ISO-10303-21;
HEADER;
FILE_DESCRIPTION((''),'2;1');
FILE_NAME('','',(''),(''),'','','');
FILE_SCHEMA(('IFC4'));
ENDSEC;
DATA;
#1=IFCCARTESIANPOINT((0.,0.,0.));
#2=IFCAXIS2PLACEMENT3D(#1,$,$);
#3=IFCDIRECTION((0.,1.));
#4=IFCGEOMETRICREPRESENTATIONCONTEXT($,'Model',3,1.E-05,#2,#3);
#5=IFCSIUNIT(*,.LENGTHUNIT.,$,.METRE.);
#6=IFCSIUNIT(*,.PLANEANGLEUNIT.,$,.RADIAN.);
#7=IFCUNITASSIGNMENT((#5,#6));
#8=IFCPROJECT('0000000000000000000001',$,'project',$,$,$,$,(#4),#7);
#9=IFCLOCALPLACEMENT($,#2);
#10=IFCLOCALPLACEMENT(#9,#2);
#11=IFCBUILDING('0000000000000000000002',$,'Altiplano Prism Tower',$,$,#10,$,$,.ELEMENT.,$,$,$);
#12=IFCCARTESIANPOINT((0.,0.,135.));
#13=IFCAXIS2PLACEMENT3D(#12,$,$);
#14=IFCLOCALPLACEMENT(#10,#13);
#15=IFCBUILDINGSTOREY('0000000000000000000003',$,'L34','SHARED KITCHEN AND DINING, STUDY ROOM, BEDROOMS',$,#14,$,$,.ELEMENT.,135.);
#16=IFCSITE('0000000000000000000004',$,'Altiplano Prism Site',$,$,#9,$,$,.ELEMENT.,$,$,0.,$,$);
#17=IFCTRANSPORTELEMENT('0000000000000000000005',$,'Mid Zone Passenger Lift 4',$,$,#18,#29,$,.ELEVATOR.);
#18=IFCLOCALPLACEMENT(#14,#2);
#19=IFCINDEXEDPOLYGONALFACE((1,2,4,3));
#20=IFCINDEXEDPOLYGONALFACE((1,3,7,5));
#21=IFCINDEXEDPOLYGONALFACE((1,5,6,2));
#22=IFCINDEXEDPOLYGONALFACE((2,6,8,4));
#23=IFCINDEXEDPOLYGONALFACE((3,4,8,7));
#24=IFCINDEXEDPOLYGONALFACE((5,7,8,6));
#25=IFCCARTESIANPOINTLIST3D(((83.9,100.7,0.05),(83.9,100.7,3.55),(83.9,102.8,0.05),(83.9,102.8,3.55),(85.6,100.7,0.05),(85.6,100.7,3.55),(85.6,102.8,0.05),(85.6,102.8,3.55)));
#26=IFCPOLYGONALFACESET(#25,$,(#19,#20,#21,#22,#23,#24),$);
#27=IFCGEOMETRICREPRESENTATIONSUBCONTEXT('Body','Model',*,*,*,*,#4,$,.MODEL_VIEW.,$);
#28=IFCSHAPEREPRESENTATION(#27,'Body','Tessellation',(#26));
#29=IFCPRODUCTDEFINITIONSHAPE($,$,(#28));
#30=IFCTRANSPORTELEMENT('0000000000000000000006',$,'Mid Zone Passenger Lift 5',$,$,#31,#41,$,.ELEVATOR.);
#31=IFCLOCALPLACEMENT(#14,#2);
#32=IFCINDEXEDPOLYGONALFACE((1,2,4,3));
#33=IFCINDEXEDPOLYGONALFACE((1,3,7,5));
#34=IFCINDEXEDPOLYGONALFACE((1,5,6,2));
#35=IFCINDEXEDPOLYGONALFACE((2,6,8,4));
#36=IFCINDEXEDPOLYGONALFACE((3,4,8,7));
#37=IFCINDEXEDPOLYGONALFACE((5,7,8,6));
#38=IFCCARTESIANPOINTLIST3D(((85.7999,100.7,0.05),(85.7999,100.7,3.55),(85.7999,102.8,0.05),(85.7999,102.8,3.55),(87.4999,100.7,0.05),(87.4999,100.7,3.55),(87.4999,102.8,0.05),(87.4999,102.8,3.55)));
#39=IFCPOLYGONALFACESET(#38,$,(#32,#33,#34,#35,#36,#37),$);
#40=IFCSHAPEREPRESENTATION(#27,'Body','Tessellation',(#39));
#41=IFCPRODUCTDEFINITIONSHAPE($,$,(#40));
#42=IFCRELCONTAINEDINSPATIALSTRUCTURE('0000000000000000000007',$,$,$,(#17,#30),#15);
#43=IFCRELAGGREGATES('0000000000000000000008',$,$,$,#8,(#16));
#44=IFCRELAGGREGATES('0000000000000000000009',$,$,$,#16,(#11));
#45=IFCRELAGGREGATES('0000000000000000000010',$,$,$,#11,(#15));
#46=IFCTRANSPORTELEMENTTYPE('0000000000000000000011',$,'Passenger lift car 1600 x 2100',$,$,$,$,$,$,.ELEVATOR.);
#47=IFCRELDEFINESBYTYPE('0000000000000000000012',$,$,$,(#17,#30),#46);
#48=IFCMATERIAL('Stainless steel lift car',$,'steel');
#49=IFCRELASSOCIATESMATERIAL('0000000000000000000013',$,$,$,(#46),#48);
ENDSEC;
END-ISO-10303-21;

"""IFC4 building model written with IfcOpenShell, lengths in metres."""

from ifc_helpers import new_model, si_unit, direction, frame, origin, origin_2d, place, context, subcontext, project, spatial, rectangle, extrude, material, type_object, element, save


model = new_model("IFC4")

# Units and contexts
model_context = context("Model", 3, precision=1e-05, world=origin(), true_north=direction((0.0, 1.0)))
body_context = subcontext(model_context, "Body", "Model", "MODEL_VIEW")
ifc_project = project(units=[si_unit("LENGTHUNIT", "METRE"), si_unit("PLANEANGLEUNIT", "RADIAN")], contexts=[model_context])

# Site, building, storey
site_placement = place(None, origin())
site = spatial("IfcSite", under=ifc_project, at=site_placement, Name="Altiplano Prism Site", CompositionType="ELEMENT", RefElevation=0.0)
building_placement = place(site_placement, origin())
building = spatial("IfcBuilding", under=site, at=building_placement, Name="Altiplano Prism Tower", CompositionType="ELEMENT")
storey_placement = place(building_placement, frame((0.0, 0.0, 135.0)))
storey = spatial("IfcBuildingStorey", under=building, at=storey_placement, Name="L34", Description="SHARED KITCHEN AND DINING, STUDY ROOM, BEDROOMS", CompositionType="ELEMENT", Elevation=135.0)

# Transport elements
ifc_material_1 = material(Name="Stainless steel lift car", Category="steel")
transport_element_type = type_object("IfcTransportElementType", Name="Passenger lift car 1600 x 2100", PredefinedType="ELEVATOR", material=ifc_material_1)
for number, where, z_axis, x_axis, name in (
    (1, (84.75, 101.75, 0.05), (0.0, 0.0, 1.0), (1.0, 0.0, 0.0), "Mid Zone Passenger Lift 4"),
    (2, (86.6499, 101.75, 0.05), (0.0, 0.0, 1.0), (1.0, 0.0, 0.0), "Mid Zone Passenger Lift 5"),
):
    element("IfcTransportElement", number, at=place(storey_placement, frame(where, z_axis=z_axis, x_axis=x_axis)), inside=storey, type_object=transport_element_type, Name=name, PredefinedType="ELEVATOR", context=body_context, shape_type="SweptSolid", body=[
        extrude(rectangle(XDim=1.7, YDim=2.1001, at=origin_2d()), origin(), (0.0, 0.0, 1.0), 3.5),
    ])

save(model, "model.ifc")
